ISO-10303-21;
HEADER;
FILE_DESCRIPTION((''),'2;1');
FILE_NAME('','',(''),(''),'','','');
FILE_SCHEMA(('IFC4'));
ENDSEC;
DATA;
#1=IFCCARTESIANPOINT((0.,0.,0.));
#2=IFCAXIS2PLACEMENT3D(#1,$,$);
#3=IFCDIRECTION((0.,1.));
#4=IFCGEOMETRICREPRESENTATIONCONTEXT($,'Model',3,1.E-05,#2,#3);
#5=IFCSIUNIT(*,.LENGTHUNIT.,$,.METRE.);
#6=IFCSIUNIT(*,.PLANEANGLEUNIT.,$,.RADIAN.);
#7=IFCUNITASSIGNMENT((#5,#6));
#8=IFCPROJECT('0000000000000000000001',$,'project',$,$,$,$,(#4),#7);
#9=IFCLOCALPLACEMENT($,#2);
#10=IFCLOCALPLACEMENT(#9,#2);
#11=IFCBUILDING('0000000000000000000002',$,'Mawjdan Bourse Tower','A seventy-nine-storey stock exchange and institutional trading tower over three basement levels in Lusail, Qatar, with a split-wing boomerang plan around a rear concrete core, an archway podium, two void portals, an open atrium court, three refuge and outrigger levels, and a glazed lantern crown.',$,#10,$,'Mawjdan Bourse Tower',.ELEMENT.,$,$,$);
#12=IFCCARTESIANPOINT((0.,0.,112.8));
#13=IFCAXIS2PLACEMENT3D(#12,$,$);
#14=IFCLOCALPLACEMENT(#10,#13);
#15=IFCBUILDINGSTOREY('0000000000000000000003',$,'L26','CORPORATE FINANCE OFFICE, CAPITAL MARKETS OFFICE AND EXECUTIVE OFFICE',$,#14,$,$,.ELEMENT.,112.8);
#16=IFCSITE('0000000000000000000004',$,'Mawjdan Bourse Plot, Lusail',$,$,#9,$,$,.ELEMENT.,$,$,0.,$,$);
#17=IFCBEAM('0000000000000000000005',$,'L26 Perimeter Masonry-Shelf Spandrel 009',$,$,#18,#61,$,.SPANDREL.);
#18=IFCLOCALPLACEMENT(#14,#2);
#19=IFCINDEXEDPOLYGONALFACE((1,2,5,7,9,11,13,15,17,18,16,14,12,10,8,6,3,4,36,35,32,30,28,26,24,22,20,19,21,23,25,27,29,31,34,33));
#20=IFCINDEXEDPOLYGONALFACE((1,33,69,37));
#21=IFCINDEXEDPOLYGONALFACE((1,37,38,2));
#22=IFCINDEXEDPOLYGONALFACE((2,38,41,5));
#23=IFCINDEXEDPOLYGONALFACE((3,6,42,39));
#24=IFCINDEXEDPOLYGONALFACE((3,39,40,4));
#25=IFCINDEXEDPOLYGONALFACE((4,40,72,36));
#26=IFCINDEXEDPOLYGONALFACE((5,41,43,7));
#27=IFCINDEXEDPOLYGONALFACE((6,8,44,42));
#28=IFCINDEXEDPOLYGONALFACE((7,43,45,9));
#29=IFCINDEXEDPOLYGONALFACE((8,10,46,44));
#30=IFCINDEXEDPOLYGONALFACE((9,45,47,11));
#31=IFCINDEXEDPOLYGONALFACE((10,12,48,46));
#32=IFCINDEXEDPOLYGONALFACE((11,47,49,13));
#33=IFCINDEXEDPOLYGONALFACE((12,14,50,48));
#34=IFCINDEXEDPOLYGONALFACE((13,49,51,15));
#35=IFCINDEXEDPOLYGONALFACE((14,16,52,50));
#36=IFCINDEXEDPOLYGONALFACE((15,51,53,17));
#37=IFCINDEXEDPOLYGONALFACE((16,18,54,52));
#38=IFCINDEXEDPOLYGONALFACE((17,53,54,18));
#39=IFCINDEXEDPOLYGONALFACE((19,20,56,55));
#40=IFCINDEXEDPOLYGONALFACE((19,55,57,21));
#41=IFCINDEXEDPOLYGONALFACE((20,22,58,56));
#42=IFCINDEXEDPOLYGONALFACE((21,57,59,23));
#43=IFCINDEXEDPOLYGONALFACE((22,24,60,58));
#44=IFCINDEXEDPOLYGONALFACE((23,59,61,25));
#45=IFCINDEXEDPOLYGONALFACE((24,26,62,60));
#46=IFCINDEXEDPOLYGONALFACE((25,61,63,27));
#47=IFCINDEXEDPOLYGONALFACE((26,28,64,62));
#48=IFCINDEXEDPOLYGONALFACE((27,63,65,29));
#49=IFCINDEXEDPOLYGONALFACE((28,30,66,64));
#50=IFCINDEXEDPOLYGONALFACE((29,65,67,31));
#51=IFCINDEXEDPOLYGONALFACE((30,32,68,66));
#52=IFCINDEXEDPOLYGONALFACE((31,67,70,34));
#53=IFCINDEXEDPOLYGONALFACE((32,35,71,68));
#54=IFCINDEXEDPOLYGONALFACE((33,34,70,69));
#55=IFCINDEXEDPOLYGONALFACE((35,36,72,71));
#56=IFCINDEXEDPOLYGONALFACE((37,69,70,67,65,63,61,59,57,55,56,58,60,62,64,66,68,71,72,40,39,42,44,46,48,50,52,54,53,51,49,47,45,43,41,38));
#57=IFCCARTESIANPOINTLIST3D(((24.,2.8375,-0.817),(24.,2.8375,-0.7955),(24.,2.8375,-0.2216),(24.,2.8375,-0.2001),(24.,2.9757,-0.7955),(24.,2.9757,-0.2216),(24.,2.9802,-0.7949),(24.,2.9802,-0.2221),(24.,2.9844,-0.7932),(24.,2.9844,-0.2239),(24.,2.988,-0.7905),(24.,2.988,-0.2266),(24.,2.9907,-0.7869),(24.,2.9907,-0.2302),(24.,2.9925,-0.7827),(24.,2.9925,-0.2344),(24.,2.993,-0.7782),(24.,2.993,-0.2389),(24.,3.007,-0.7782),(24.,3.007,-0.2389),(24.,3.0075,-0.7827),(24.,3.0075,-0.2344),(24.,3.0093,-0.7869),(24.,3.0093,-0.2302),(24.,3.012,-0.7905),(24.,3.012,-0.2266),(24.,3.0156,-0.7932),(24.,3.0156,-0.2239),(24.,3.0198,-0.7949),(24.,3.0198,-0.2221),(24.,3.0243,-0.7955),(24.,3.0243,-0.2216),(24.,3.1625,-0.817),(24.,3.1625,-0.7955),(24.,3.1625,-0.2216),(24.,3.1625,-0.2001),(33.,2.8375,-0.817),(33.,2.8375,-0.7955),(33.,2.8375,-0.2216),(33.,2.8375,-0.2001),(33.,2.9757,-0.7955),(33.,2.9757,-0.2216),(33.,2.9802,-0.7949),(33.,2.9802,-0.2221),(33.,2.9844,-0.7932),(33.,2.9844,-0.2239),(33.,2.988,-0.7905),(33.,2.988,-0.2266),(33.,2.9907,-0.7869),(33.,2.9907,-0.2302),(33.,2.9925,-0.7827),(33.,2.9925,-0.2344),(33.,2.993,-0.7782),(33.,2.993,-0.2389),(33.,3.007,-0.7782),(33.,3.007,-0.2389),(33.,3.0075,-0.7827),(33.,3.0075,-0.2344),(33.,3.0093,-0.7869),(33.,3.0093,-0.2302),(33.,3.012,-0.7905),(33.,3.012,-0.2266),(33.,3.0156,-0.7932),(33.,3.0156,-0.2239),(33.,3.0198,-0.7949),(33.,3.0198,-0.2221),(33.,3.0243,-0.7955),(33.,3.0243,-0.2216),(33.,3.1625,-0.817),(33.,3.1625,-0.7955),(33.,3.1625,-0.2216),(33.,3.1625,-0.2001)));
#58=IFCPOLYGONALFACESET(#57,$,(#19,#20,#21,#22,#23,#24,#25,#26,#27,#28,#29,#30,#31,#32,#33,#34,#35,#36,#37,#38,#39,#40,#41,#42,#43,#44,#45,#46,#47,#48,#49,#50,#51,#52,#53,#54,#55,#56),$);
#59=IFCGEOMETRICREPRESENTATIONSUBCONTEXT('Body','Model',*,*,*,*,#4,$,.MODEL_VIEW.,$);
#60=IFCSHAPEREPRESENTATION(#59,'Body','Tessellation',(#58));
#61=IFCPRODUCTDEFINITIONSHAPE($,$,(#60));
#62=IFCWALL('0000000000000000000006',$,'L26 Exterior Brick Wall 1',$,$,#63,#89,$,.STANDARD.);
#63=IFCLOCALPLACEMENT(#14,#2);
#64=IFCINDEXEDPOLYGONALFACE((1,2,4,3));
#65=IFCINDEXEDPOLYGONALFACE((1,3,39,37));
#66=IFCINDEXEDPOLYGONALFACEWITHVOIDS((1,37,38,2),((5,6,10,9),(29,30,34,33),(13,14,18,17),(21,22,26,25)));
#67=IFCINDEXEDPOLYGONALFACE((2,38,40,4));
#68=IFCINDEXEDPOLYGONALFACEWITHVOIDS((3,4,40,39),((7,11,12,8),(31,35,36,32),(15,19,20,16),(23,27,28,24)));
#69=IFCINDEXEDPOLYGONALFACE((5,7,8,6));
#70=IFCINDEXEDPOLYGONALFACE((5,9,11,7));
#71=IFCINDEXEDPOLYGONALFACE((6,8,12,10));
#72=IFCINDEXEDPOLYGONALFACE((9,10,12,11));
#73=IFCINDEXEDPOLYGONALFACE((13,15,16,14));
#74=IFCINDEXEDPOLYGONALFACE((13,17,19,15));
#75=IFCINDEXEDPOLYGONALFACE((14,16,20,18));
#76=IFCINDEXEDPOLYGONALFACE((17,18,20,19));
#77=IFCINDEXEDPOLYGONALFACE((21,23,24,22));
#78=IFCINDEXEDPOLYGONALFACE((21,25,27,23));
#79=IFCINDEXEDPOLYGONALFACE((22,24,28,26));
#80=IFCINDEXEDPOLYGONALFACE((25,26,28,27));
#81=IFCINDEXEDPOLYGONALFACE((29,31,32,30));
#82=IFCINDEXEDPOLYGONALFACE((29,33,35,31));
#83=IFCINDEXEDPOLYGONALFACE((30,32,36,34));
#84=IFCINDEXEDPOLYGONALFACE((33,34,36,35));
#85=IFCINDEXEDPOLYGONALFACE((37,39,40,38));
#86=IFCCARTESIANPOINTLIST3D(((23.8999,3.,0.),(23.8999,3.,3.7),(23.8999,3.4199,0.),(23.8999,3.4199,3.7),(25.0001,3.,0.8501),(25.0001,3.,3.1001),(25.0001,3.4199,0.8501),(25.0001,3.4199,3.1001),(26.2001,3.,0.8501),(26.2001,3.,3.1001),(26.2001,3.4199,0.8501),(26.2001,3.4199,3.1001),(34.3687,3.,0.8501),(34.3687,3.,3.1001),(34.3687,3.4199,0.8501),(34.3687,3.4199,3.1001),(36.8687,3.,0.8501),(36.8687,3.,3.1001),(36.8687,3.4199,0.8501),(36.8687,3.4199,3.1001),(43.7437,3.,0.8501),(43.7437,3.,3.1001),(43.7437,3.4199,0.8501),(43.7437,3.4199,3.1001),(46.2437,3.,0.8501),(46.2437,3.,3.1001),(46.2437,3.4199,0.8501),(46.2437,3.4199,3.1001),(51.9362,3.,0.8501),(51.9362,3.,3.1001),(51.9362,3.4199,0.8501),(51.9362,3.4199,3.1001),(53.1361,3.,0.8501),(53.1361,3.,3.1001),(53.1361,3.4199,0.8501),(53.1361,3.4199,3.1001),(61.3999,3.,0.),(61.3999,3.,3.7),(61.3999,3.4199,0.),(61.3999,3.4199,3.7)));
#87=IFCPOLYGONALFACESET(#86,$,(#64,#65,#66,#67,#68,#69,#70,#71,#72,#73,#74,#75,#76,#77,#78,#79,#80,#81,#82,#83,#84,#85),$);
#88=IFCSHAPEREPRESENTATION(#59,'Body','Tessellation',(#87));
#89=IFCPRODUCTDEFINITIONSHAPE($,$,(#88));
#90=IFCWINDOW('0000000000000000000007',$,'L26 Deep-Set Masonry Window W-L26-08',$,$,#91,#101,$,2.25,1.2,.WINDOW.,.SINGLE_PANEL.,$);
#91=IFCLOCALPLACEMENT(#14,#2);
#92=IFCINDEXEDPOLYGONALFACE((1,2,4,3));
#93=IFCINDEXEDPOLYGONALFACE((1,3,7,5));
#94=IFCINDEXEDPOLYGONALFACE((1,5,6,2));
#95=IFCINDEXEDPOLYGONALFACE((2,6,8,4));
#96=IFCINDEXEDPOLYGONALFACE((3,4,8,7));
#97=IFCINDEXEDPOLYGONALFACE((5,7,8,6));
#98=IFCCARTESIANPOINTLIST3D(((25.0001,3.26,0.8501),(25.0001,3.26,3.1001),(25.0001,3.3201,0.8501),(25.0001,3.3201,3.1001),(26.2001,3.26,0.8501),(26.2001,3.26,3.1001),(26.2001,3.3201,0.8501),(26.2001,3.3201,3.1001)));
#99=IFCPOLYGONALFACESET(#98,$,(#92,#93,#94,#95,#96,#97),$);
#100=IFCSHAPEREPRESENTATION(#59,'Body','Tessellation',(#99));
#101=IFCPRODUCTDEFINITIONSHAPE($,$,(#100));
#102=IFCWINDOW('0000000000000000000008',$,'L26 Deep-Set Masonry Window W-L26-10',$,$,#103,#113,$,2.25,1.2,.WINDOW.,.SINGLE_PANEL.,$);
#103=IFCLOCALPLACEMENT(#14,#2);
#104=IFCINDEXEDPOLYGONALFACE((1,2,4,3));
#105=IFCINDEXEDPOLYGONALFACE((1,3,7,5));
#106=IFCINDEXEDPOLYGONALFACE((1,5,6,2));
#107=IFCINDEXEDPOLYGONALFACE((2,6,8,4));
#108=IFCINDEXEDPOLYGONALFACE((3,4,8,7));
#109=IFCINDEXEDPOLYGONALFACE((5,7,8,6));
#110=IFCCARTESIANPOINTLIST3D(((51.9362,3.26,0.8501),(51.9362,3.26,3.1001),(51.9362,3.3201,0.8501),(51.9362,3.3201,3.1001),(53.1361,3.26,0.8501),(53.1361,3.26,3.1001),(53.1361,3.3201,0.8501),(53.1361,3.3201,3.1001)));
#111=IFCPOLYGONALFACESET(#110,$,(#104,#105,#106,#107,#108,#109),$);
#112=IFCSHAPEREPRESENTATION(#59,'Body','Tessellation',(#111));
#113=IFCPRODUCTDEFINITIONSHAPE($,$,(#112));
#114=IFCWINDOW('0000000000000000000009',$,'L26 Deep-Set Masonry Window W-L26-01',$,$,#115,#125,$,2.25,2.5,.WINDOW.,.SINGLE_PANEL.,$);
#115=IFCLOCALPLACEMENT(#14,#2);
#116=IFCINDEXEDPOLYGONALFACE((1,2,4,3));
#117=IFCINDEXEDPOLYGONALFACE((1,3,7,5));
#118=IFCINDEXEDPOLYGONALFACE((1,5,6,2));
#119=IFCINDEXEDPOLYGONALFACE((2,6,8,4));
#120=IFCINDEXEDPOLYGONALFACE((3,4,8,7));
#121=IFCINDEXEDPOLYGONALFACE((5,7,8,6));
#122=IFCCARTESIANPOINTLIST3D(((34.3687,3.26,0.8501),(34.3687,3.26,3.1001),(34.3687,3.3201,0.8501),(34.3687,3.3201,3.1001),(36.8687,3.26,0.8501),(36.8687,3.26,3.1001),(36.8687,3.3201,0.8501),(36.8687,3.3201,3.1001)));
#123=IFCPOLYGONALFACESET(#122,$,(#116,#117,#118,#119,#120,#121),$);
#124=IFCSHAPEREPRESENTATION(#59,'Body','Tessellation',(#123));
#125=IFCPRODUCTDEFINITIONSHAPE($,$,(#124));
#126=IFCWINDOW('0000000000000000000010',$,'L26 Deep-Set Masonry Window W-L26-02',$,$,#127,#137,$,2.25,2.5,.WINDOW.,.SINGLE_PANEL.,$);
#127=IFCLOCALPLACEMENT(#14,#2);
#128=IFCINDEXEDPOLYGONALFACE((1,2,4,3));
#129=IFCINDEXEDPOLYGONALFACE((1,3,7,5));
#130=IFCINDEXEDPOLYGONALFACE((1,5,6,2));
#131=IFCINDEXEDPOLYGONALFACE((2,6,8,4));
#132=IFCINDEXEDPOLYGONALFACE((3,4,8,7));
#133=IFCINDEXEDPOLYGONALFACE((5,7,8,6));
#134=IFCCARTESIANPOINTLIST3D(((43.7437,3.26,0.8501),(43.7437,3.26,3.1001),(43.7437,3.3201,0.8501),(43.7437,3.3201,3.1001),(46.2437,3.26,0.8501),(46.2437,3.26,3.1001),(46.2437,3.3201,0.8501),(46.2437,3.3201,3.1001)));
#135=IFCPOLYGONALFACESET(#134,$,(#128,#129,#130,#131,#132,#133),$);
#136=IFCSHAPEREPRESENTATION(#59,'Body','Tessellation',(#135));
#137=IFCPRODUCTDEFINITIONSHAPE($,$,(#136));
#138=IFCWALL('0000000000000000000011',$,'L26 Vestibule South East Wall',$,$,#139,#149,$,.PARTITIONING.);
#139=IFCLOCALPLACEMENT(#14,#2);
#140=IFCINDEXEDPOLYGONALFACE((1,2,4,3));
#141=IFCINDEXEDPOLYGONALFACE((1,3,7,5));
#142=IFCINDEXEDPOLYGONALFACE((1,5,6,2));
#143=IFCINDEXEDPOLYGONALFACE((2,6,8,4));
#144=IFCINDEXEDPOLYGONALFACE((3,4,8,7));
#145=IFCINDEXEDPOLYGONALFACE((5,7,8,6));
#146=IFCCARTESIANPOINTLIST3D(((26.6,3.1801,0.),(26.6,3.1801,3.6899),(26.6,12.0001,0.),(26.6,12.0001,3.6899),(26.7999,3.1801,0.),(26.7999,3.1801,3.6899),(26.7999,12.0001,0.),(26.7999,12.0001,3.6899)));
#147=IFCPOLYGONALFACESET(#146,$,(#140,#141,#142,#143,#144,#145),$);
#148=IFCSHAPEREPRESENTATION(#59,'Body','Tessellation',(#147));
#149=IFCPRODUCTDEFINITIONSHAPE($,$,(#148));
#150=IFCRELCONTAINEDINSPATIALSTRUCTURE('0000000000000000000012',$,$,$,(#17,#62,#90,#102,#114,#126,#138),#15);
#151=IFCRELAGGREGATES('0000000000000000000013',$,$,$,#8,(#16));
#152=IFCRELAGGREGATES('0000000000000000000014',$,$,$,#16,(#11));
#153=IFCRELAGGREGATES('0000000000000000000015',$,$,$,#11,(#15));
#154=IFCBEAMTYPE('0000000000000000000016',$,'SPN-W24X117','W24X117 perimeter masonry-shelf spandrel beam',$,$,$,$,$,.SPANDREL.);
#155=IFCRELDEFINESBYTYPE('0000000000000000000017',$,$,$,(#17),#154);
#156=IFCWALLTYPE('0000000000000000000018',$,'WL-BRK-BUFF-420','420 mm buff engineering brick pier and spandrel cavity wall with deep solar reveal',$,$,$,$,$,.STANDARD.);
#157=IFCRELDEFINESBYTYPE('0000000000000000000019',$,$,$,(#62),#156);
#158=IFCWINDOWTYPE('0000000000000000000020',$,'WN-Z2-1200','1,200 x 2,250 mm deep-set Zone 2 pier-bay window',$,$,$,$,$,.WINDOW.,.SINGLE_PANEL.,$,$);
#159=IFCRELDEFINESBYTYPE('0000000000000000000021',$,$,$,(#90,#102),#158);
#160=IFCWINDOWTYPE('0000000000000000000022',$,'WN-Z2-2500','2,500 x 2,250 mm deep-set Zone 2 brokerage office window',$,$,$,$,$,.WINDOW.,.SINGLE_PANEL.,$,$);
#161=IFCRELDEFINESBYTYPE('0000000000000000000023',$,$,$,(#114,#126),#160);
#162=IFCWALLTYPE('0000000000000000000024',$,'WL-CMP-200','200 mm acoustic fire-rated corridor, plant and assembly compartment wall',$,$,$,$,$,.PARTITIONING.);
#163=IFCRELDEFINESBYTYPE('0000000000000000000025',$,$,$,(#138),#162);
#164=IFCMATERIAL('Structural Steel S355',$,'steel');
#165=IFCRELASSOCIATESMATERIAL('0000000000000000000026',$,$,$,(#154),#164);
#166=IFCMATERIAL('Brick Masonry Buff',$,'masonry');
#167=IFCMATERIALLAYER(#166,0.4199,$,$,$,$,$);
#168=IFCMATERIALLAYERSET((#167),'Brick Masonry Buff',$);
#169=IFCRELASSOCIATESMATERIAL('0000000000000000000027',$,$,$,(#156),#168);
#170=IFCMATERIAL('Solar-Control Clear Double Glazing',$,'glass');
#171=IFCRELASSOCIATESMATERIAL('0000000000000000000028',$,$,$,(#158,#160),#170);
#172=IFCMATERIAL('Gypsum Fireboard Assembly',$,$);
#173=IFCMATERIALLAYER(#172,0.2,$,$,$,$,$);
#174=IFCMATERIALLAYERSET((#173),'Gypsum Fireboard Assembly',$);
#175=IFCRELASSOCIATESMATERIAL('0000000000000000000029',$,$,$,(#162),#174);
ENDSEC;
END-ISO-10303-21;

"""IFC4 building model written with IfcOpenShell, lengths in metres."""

from ifc_helpers import new_model, si_unit, direction, frame, frame_2d, origin, origin_2d, place, context, subcontext, project, spatial, rectangle, i_section, extrude, material, layer, layer_set, material_profile, profile_set, type_object, element, fill, save


model = new_model("IFC4")

# Units and contexts
model_context = context("Model", 3, precision=1e-05, world=origin(), true_north=direction((0.0, 1.0)))
body_context = subcontext(model_context, "Body", "Model", "MODEL_VIEW")
ifc_project = project(units=[si_unit("LENGTHUNIT", "METRE"), si_unit("PLANEANGLEUNIT", "RADIAN")], contexts=[model_context])

# Site, building, storey
site_placement = place(None, origin())
site = spatial("IfcSite", under=ifc_project, at=site_placement, Name="Mawjdan Bourse Plot, Lusail", CompositionType="ELEMENT", RefElevation=0.0)
building_placement = place(site_placement, origin())
building = spatial("IfcBuilding", under=site, at=building_placement, Name="Mawjdan Bourse Tower", Description="A seventy-nine-storey stock exchange and institutional trading tower over three basement levels in Lusail, Qatar, with a split-wing boomerang plan around a rear concrete core, an archway podium, two void portals, an open atrium court, three refuge and outrigger levels, and a glazed lantern crown.", LongName="Mawjdan Bourse Tower", CompositionType="ELEMENT")
storey_placement = place(building_placement, frame((0.0, 0.0, 112.8)))
storey = spatial("IfcBuildingStorey", under=building, at=storey_placement, Name="L26", Description="CORPORATE FINANCE OFFICE, CAPITAL MARKETS OFFICE AND EXECUTIVE OFFICE", CompositionType="ELEMENT", Elevation=112.8)

# Beam
ifc_material_1 = material(Name="Structural Steel S355", Category="steel")
ifc_material_profile_1 = material_profile(ifc_material_1, i_section(OverallWidth=0.325, OverallDepth=0.6169, WebThickness=0.0139, FlangeThickness=0.0215, FilletRadius=0.0173, at=origin_2d()), Name="W24X117")
ifc_profile_set_1 = profile_set([ifc_material_profile_1], Name="Structural Steel S355")
beam_type_1 = type_object("IfcBeamType", Name="SPN-W24X117", Description="W24X117 perimeter masonry-shelf spandrel beam", PredefinedType="SPANDREL", material=ifc_profile_set_1)
beam_1_placement = place(storey_placement, frame((24.0, 3.0, -0.5085), z_axis=(1.0, 0.0, 0.0), x_axis=(0.0, 1.0, 0.0)))
element("IfcBeam", 1, at=beam_1_placement, inside=storey, type_object=beam_type_1, Name="L26 Perimeter Masonry-Shelf Spandrel 009", PredefinedType="SPANDREL", context=body_context, shape_type="SweptSolid", body=[
    extrude(i_section(OverallWidth=0.325, OverallDepth=0.6169, WebThickness=0.0139, FlangeThickness=0.0215, FilletRadius=0.0173, at=origin_2d()), origin(), (0.0, 0.0, 1.0), 9.0),
])

# Wall, openings, windows
ifc_material_2 = material(Name="Brick Masonry Buff", Category="masonry")
ifc_layer_1 = layer(ifc_material_2, 0.4199)
ifc_layer_set_1 = layer_set([ifc_layer_1], Name="Brick Masonry Buff")
wall_type_1 = type_object("IfcWallType", Name="WL-BRK-BUFF-420", Description="420 mm buff engineering brick pier and spandrel cavity wall with deep solar reveal", PredefinedType="STANDARD", material=ifc_layer_set_1)
wall_1_placement = place(storey_placement, frame((23.8999, 3.21, 0.0), z_axis=(0.0, 0.0, 1.0), x_axis=(1.0, 0.0, 0.0)))
wall_1 = element("IfcWall", 2, at=wall_1_placement, inside=storey, type_object=wall_type_1, Name="L26 Exterior Brick Wall 1", PredefinedType="STANDARD", context=body_context, shape_type="SweptSolid", body=[
    extrude(rectangle(XDim=37.5, YDim=0.4199, at=frame_2d((18.75, 0.0))), origin(), (0.0, 0.0, 1.0), 3.7),
])
opening_1_placement = place(wall_1_placement, frame((10.4688, 0.0, 0.8501)))
opening_1 = element("IfcOpeningElement", 3, at=opening_1_placement, cuts=wall_1, PredefinedType="OPENING", context=body_context, shape_type="SweptSolid", body=[
    extrude(rectangle(XDim=2.5, YDim=2.25, at=frame_2d((1.25, 1.125))), frame((0.0, 0.22, 0.0), z_axis=(0.0, -1.0, 0.0), x_axis=(1.0, 0.0, 0.0)), (0.0, 0.0, 1.0), 0.4399),
])
opening_2_placement = place(wall_1_placement, frame((19.8438, 0.0, 0.8501)))
opening_2 = element("IfcOpeningElement", 4, at=opening_2_placement, cuts=wall_1, PredefinedType="OPENING", context=body_context, shape_type="SweptSolid", body=[
    extrude(rectangle(XDim=2.5, YDim=2.25, at=frame_2d((1.25, 1.125))), frame((0.0, 0.22, 0.0), z_axis=(0.0, -1.0, 0.0), x_axis=(1.0, 0.0, 0.0)), (0.0, 0.0, 1.0), 0.4399),
])
opening_3_placement = place(wall_1_placement, frame((1.1001, 0.0, 0.8501)))
opening_3 = element("IfcOpeningElement", 5, at=opening_3_placement, cuts=wall_1, PredefinedType="OPENING", context=body_context, shape_type="SweptSolid", body=[
    extrude(rectangle(XDim=1.2, YDim=2.25, at=frame_2d((0.6001, 1.125))), frame((0.0, 0.22, 0.0), z_axis=(0.0, -1.0, 0.0), x_axis=(1.0, 0.0, 0.0)), (0.0, 0.0, 1.0), 0.4399),
])
opening_4_placement = place(wall_1_placement, frame((28.0361, 0.0, 0.8501)))
opening_4 = element("IfcOpeningElement", 6, at=opening_4_placement, cuts=wall_1, PredefinedType="OPENING", context=body_context, shape_type="SweptSolid", body=[
    extrude(rectangle(XDim=1.2, YDim=2.25, at=frame_2d((0.6001, 1.125))), frame((0.0, 0.22, 0.0), z_axis=(0.0, -1.0, 0.0), x_axis=(1.0, 0.0, 0.0)), (0.0, 0.0, 1.0), 0.4399),
])
ifc_material_3 = material(Name="Solar-Control Clear Double Glazing", Category="glass")
window_type_1 = type_object("IfcWindowType", Name="WN-Z2-1200", Description="1,200 x 2,250 mm deep-set Zone 2 pier-bay window", PartitioningType="SINGLE_PANEL", PredefinedType="WINDOW", material=ifc_material_3)
window_1_placement = place(opening_3_placement, origin())
window_1 = element("IfcWindow", 7, at=window_1_placement, inside=storey, type_object=window_type_1, Name="L26 Deep-Set Masonry Window W-L26-08", OverallHeight=2.25, OverallWidth=1.2, PartitioningType="SINGLE_PANEL", PredefinedType="WINDOW", context=body_context, shape_type="SweptSolid", body=[
    extrude(rectangle(XDim=1.2, YDim=2.25, at=frame_2d((0.6001, 1.125))), frame((0.0, 0.1101, 0.0), z_axis=(0.0, -1.0, 0.0), x_axis=(1.0, 0.0, 0.0)), (0.0, 0.0, 1.0), 0.0601),
])
fill(opening_3, window_1)
window_2_placement = place(opening_4_placement, origin())
window_2 = element("IfcWindow", 8, at=window_2_placement, inside=storey, type_object=window_type_1, Name="L26 Deep-Set Masonry Window W-L26-10", OverallHeight=2.25, OverallWidth=1.2, PartitioningType="SINGLE_PANEL", PredefinedType="WINDOW", context=body_context, shape_type="SweptSolid", body=[
    extrude(rectangle(XDim=1.2, YDim=2.25, at=frame_2d((0.6001, 1.125))), frame((0.0, 0.1101, 0.0), z_axis=(0.0, -1.0, 0.0), x_axis=(1.0, 0.0, 0.0)), (0.0, 0.0, 1.0), 0.0601),
])
fill(opening_4, window_2)
window_type_2 = type_object("IfcWindowType", Name="WN-Z2-2500", Description="2,500 x 2,250 mm deep-set Zone 2 brokerage office window", PartitioningType="SINGLE_PANEL", PredefinedType="WINDOW", material=ifc_material_3)
window_3_placement = place(opening_1_placement, origin())
window_3 = element("IfcWindow", 9, at=window_3_placement, inside=storey, type_object=window_type_2, Name="L26 Deep-Set Masonry Window W-L26-01", OverallHeight=2.25, OverallWidth=2.5, PartitioningType="SINGLE_PANEL", PredefinedType="WINDOW", context=body_context, shape_type="SweptSolid", body=[
    extrude(rectangle(XDim=2.5, YDim=2.25, at=frame_2d((1.25, 1.125))), frame((0.0, 0.1101, 0.0), z_axis=(0.0, -1.0, 0.0), x_axis=(1.0, 0.0, 0.0)), (0.0, 0.0, 1.0), 0.0601),
])
fill(opening_1, window_3)
window_4_placement = place(opening_2_placement, origin())
window_4 = element("IfcWindow", 10, at=window_4_placement, inside=storey, type_object=window_type_2, Name="L26 Deep-Set Masonry Window W-L26-02", OverallHeight=2.25, OverallWidth=2.5, PartitioningType="SINGLE_PANEL", PredefinedType="WINDOW", context=body_context, shape_type="SweptSolid", body=[
    extrude(rectangle(XDim=2.5, YDim=2.25, at=frame_2d((1.25, 1.125))), frame((0.0, 0.1101, 0.0), z_axis=(0.0, -1.0, 0.0), x_axis=(1.0, 0.0, 0.0)), (0.0, 0.0, 1.0), 0.0601),
])
fill(opening_2, window_4)

# Shared definitions
ifc_material_4 = material(Name="Gypsum Fireboard Assembly")
ifc_layer_2 = layer(ifc_material_4, 0.2)
ifc_layer_set_2 = layer_set([ifc_layer_2], Name="Gypsum Fireboard Assembly")
wall_type_2 = type_object("IfcWallType", Name="WL-CMP-200", Description="200 mm acoustic fire-rated corridor, plant and assembly compartment wall", PredefinedType="PARTITIONING", material=ifc_layer_set_2)

# Wall
wall_2_placement = place(storey_placement, frame((26.7, 3.1799, 0.0), z_axis=(0.0, 0.0, 1.0), x_axis=(0.0, 1.0, 0.0)))
element("IfcWall", 11, at=wall_2_placement, inside=storey, type_object=wall_type_2, Name="L26 Vestibule South East Wall", PredefinedType="PARTITIONING", context=body_context, shape_type="SweptSolid", body=[
    extrude(rectangle(XDim=8.8201, YDim=0.2, at=frame_2d((4.4102, 0.0))), origin(), (0.0, 0.0, 1.0), 3.6899),
])

save(model, "model.ifc")
